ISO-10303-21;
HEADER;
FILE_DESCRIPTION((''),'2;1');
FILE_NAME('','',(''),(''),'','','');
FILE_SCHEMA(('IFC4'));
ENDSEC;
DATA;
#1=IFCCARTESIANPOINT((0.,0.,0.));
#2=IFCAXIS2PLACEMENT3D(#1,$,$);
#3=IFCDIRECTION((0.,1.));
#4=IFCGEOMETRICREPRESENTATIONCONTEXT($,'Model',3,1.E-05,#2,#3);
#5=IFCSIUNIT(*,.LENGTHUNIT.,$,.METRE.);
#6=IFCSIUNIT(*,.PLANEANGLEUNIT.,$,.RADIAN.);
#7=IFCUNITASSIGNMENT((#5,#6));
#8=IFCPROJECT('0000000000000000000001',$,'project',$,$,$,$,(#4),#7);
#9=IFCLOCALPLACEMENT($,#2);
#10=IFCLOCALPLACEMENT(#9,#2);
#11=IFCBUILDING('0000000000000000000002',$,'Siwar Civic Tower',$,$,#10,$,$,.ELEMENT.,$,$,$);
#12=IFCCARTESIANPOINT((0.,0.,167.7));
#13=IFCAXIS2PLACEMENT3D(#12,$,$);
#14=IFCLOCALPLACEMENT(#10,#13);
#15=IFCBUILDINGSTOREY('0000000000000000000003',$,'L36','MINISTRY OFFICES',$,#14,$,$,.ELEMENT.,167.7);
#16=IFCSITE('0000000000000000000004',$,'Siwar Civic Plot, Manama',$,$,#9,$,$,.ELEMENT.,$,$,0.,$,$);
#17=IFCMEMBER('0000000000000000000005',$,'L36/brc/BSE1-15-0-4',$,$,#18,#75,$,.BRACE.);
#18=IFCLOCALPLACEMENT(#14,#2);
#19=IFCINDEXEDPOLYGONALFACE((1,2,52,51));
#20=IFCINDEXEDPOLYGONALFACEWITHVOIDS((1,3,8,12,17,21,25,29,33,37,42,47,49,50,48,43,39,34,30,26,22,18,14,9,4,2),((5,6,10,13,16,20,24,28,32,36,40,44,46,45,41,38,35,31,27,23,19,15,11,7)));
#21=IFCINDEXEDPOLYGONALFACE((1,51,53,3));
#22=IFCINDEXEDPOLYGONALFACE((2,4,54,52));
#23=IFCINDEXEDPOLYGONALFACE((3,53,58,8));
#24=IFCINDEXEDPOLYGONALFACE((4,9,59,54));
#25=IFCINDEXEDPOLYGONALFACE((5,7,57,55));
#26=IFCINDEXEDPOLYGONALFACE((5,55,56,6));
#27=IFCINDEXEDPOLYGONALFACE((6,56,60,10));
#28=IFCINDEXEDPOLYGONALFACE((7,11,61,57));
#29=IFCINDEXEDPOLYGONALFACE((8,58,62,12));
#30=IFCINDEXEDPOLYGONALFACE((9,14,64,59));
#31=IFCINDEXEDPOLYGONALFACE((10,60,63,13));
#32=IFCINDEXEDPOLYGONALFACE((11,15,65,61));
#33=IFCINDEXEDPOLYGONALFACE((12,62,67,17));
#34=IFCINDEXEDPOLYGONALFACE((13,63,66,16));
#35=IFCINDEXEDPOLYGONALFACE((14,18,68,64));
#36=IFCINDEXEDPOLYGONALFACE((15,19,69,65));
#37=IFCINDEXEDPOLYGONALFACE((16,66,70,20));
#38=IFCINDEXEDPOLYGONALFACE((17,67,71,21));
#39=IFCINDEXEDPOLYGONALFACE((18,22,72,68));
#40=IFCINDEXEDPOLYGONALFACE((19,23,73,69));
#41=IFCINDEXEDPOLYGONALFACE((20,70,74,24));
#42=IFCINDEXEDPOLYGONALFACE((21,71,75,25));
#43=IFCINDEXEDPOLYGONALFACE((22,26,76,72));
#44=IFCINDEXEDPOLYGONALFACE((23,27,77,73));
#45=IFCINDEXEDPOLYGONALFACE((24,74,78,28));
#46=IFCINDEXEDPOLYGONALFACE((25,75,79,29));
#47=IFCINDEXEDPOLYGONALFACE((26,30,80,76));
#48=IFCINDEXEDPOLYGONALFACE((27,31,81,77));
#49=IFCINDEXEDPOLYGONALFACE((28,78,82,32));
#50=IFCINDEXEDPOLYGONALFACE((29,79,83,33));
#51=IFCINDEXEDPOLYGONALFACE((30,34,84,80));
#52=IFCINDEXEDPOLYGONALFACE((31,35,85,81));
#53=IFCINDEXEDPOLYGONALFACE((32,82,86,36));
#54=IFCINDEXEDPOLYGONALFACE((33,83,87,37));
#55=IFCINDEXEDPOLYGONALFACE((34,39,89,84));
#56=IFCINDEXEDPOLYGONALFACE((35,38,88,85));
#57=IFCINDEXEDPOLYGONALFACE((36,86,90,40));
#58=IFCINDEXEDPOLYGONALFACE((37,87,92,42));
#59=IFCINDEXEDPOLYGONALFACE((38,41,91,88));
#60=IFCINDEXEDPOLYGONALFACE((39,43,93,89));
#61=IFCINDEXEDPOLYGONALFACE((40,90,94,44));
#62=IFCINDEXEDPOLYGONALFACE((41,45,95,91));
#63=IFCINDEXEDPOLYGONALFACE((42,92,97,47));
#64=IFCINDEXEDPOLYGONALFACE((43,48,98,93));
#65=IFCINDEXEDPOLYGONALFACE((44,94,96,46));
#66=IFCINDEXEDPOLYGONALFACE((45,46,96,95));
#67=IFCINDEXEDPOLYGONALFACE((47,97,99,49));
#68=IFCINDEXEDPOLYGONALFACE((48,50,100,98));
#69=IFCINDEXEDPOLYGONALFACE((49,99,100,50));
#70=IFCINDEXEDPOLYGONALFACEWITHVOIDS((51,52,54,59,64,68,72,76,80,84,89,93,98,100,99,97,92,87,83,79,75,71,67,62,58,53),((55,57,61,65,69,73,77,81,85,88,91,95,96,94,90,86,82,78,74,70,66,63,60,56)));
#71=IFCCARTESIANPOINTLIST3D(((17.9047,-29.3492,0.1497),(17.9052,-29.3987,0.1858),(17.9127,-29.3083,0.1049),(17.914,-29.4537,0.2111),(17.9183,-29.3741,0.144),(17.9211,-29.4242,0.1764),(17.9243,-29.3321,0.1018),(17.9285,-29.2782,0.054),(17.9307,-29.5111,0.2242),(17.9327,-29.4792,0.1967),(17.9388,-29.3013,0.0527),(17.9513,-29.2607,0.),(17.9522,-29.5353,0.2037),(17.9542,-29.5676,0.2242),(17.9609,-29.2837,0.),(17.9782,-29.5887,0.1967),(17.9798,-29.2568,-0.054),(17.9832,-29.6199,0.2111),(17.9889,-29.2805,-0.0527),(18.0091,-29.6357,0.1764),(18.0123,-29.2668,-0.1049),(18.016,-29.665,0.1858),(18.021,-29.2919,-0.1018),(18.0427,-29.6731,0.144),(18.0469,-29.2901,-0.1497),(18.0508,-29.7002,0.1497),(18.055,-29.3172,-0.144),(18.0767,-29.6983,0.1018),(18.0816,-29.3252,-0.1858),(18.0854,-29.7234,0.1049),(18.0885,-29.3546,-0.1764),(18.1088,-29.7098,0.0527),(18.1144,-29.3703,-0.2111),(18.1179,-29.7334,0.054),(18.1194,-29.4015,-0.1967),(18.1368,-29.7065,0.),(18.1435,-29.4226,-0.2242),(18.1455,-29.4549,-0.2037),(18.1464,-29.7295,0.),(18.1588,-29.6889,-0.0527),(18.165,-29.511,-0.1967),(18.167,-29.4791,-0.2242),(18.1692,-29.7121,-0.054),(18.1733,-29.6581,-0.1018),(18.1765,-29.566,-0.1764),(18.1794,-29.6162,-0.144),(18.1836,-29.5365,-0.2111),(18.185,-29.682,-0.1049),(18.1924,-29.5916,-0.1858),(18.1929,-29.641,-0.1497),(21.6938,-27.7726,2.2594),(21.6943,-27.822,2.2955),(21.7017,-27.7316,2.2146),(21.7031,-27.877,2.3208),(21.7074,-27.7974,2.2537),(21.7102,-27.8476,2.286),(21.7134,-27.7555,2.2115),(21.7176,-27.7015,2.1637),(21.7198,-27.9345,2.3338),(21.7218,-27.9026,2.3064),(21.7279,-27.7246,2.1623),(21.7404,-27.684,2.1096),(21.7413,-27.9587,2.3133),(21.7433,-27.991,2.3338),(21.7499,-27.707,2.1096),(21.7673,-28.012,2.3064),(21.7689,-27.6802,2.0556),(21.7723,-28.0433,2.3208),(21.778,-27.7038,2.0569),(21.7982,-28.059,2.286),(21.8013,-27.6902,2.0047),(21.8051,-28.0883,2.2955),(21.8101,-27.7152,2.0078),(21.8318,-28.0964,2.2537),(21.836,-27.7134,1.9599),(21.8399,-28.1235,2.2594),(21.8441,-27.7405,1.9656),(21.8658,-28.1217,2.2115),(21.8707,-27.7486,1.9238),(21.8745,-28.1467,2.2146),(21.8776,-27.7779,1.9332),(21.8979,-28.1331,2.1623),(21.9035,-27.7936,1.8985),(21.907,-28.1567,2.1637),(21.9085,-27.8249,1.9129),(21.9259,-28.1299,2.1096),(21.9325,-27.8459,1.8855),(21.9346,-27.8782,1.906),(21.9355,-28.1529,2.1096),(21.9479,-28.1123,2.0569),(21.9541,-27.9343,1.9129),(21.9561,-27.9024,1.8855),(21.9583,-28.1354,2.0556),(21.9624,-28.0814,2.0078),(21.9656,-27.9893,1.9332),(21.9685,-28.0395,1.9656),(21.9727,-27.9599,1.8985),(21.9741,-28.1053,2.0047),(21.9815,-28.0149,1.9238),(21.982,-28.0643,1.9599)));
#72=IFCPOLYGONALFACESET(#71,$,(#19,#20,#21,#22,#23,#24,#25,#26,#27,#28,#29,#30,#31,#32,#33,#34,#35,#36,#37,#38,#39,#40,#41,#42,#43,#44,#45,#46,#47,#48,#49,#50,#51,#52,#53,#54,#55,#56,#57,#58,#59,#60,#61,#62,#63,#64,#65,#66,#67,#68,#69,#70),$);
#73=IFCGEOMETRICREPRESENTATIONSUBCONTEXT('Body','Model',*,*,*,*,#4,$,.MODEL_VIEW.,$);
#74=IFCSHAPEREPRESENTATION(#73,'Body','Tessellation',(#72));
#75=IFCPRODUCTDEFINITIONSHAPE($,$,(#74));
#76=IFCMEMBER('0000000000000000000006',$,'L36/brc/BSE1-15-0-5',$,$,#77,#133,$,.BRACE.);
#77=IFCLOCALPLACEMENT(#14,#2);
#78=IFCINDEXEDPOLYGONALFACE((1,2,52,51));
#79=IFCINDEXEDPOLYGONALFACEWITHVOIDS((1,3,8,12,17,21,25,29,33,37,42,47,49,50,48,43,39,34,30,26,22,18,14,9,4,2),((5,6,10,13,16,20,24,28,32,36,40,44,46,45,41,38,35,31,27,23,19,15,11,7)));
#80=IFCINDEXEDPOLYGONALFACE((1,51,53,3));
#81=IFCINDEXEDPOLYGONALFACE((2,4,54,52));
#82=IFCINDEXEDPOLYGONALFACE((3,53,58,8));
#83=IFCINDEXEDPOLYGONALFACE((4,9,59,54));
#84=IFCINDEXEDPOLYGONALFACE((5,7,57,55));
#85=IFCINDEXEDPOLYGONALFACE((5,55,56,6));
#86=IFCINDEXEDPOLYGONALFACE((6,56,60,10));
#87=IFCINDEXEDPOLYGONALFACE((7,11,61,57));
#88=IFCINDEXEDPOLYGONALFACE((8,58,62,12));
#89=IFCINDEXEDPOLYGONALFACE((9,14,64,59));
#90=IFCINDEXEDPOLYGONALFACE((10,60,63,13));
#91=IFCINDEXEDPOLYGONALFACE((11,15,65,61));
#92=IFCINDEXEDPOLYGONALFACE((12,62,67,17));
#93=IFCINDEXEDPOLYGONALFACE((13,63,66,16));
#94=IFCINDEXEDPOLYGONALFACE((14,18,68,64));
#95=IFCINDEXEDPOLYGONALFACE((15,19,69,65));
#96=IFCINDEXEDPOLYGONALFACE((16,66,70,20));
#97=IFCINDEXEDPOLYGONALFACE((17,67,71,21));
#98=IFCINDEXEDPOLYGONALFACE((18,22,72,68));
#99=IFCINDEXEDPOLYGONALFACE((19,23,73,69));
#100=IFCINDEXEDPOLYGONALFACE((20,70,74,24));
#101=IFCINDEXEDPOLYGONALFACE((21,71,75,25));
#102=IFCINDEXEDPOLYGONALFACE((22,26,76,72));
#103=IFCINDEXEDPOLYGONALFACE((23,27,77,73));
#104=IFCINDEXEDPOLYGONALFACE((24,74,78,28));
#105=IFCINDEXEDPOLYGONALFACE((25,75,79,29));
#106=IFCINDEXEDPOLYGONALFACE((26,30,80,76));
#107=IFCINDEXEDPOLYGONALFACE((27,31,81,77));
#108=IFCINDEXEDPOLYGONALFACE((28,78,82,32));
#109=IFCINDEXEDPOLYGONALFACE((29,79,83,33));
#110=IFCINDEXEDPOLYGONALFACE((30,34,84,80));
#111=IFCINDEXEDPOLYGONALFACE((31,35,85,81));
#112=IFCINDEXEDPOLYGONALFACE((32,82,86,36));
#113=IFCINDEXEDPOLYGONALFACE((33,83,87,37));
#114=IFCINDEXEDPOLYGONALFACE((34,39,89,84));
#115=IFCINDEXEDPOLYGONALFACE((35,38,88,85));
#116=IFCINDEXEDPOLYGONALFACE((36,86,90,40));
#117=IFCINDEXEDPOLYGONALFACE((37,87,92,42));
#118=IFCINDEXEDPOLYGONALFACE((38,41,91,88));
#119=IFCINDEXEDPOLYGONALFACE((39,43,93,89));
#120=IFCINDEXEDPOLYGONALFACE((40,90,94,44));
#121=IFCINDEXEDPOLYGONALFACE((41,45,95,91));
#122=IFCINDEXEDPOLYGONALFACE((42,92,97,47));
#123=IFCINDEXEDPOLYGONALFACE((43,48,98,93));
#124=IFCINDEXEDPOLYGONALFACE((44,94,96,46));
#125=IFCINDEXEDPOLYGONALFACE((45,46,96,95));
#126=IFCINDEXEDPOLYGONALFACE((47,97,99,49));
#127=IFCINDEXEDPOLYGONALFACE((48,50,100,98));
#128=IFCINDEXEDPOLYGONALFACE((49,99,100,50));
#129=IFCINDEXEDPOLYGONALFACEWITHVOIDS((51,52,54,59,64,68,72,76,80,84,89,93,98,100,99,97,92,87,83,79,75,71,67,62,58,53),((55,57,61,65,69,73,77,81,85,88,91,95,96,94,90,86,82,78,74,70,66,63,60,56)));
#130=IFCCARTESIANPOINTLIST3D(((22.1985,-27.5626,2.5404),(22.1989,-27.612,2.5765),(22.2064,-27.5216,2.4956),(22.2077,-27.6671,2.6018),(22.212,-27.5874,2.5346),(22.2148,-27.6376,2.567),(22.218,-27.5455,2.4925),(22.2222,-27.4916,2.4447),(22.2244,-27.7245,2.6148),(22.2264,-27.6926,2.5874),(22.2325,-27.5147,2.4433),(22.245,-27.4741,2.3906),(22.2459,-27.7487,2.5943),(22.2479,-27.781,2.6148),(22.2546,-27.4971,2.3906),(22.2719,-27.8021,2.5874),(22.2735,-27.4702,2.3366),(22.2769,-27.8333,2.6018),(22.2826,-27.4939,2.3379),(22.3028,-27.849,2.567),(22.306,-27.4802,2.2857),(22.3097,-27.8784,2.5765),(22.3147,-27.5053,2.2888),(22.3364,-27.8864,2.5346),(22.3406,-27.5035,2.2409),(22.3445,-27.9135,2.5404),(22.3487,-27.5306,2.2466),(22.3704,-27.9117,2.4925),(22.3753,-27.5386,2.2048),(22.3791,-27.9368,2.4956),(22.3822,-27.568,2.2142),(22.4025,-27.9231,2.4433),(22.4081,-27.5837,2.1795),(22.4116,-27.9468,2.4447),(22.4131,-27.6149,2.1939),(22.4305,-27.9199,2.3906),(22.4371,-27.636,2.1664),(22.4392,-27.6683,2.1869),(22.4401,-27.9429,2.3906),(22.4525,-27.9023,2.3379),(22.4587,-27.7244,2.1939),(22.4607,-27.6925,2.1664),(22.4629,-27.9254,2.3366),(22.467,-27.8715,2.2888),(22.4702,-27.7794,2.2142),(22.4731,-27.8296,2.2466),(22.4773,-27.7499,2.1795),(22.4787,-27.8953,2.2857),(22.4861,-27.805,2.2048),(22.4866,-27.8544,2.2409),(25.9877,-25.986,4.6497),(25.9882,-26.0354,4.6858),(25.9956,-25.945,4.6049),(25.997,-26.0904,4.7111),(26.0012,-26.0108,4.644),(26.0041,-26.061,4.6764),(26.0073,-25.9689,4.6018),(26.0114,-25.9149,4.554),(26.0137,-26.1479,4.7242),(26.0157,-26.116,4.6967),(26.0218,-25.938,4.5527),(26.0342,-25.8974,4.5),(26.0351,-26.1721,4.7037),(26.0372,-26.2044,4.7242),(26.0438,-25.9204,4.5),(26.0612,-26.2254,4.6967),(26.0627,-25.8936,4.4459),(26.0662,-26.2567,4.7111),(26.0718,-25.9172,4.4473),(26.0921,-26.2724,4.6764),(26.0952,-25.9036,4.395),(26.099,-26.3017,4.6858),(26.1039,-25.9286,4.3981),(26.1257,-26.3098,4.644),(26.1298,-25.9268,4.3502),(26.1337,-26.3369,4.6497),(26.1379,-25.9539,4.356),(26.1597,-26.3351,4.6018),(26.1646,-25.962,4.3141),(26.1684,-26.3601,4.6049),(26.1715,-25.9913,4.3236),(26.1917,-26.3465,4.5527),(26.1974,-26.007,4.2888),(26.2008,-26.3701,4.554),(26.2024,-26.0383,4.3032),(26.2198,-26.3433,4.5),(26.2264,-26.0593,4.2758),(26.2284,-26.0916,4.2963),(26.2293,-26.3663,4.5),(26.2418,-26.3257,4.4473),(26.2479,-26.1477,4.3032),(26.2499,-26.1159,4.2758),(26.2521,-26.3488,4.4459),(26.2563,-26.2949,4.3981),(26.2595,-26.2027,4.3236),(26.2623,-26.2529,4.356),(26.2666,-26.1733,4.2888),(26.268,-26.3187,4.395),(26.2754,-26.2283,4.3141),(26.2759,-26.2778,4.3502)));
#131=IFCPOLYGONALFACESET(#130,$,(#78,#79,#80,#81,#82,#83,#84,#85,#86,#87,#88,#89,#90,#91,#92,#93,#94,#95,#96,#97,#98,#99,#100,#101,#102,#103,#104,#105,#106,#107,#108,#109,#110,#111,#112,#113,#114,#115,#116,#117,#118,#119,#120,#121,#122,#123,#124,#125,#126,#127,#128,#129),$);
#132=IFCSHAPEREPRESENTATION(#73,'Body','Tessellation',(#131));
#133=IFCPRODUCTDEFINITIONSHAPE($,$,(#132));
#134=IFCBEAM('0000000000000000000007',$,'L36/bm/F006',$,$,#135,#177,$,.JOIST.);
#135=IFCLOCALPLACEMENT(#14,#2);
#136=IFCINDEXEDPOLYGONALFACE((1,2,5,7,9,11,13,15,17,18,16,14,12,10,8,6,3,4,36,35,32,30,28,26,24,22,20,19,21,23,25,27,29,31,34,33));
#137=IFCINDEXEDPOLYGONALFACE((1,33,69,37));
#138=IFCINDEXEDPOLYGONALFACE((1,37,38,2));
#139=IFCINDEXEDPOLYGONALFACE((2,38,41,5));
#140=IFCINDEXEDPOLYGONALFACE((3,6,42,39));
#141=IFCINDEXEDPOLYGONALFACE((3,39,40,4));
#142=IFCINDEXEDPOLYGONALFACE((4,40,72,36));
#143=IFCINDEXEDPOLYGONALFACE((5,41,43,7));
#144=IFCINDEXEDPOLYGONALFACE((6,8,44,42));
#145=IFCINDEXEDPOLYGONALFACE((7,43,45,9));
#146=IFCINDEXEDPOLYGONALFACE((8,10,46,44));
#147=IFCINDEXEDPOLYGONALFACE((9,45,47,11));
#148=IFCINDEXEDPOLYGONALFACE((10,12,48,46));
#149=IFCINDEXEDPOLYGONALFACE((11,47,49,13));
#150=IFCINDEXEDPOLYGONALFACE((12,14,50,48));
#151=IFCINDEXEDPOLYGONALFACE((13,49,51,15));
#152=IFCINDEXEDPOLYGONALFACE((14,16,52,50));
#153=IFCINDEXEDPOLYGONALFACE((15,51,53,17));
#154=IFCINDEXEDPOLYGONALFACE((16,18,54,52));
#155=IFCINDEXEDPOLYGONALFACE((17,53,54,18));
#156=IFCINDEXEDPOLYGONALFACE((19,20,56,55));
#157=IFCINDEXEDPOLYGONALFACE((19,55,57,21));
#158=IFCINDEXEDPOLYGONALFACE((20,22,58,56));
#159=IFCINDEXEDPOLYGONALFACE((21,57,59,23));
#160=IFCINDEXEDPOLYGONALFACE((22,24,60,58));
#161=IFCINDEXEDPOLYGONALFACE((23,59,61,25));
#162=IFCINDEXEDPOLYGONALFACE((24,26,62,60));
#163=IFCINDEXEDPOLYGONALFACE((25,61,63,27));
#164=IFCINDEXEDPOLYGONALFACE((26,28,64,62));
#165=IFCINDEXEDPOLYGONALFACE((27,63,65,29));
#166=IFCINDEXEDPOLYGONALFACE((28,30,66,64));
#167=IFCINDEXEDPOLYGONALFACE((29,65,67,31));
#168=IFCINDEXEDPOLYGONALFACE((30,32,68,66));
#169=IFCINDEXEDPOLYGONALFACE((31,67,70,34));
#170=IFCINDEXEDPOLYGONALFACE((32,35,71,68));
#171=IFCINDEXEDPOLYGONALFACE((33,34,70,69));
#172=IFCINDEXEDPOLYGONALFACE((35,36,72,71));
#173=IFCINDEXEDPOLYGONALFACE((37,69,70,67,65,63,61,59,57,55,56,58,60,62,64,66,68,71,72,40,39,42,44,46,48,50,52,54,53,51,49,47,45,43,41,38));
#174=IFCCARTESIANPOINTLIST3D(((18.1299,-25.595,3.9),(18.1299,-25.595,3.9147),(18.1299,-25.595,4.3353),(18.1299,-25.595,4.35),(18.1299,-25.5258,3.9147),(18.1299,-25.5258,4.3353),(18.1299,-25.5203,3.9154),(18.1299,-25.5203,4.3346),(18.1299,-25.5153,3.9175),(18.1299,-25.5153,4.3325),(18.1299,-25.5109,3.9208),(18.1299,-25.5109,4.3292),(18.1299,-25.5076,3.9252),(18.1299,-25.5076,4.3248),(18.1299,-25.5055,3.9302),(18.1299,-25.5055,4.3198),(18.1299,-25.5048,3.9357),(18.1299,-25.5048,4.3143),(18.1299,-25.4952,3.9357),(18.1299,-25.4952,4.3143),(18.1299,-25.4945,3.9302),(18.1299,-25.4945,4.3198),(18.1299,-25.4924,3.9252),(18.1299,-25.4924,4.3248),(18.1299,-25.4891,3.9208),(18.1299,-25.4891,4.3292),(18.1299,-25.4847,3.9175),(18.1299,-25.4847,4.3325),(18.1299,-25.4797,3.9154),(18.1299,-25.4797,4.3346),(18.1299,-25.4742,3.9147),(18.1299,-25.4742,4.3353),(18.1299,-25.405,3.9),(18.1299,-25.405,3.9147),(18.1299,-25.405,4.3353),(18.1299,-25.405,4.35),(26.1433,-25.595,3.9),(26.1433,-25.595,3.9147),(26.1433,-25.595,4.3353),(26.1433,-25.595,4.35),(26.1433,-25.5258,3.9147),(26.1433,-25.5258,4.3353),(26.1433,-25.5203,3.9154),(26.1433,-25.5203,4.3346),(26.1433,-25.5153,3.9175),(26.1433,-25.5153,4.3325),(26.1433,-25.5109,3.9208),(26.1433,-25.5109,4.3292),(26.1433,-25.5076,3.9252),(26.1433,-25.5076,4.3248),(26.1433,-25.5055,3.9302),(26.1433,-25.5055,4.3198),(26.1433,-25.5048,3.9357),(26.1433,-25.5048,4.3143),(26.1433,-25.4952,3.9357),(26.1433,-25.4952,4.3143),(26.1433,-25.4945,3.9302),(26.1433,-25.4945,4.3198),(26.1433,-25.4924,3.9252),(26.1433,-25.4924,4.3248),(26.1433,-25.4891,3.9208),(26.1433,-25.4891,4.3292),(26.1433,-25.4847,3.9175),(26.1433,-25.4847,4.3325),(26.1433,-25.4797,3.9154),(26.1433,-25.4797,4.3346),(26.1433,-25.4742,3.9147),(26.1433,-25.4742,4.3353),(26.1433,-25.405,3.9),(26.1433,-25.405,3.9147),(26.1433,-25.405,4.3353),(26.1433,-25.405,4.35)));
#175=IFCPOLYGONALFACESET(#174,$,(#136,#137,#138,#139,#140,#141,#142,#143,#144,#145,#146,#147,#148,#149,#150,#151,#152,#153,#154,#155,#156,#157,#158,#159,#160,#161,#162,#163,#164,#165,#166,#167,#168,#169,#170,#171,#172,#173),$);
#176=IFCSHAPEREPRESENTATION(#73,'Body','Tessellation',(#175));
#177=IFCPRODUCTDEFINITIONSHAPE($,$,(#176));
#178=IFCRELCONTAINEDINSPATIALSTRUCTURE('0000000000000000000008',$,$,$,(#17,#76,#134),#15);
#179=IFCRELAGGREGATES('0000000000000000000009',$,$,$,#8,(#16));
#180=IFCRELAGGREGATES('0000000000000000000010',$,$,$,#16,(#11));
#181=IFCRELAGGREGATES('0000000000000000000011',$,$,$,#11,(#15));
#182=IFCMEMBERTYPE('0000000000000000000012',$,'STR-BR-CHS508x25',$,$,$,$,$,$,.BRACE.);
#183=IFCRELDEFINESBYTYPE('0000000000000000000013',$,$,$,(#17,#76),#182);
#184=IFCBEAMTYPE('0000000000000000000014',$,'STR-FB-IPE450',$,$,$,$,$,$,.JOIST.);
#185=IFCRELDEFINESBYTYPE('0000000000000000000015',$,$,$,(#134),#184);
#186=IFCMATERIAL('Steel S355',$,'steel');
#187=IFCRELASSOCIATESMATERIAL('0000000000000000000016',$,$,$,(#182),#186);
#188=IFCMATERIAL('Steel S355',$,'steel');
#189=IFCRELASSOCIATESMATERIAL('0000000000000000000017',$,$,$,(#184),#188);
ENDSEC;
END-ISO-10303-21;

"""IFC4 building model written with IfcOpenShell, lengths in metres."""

from ifc_helpers import new_model, si_unit, direction, frame, origin, origin_2d, place, context, subcontext, project, spatial, hollow_circle, i_section, extrude, material, material_profile, profile_set, type_object, element, save


model = new_model("IFC4")

# Units and contexts
model_context = context("Model", 3, precision=1e-05, world=origin(), true_north=direction((0.0, 1.0)))
body_context = subcontext(model_context, "Body", "Model", "MODEL_VIEW")
ifc_project = project(units=[si_unit("LENGTHUNIT", "METRE"), si_unit("PLANEANGLEUNIT", "RADIAN")], contexts=[model_context])

# Site, building, storey
site_placement = place(None, origin())
site = spatial("IfcSite", under=ifc_project, at=site_placement, Name="Siwar Civic Plot, Manama", CompositionType="ELEMENT", RefElevation=0.0)
building_placement = place(site_placement, origin())
building = spatial("IfcBuilding", under=site, at=building_placement, Name="Siwar Civic Tower", CompositionType="ELEMENT")
storey_placement = place(building_placement, frame((0.0, 0.0, 167.7)))
storey = spatial("IfcBuildingStorey", under=building, at=storey_placement, Name="L36", Description="MINISTRY OFFICES", CompositionType="ELEMENT", Elevation=167.7)

# Members
ifc_material_1 = material(Name="Steel S355", Category="steel")
ifc_material_profile_1 = material_profile(ifc_material_1, hollow_circle(Radius=0.2539, WallThickness=0.0249, at=origin_2d()), Name="CHS508x25")
ifc_profile_set_1 = profile_set([ifc_material_profile_1], Name="Steel S355")
member_type_1 = type_object("IfcMemberType", Name="STR-BR-CHS508x25", PredefinedType="BRACE", material=ifc_profile_set_1)
for number, where, z_axis, x_axis, name in (
    (1, (18.0488, -29.4951, 0.0), (0.821126, 0.341677, 0.457175), (-0.384176, 0.92326, 0.0), "L36/brc/BSE1-15-0-4"),
    (2, (22.3425, -27.7085, 2.3906), (0.821163, 0.341671, 0.457113), (-0.384155, 0.923269, 0.0), "L36/brc/BSE1-15-0-5"),
):
    element("IfcMember", number, at=place(storey_placement, frame(where, z_axis=z_axis, x_axis=x_axis)), inside=storey, type_object=member_type_1, Name=name, PredefinedType="BRACE", context=body_context, shape_type="SweptSolid", body=[
        extrude(hollow_circle(Radius=0.2539, WallThickness=0.0249, at=origin_2d()), origin(), (0.0, 0.0, 1.0), 4.6145),
    ])

# Beam
ifc_material_2 = material(Name="Steel S355", Category="steel")
ifc_material_profile_2 = material_profile(ifc_material_2, i_section(OverallWidth=0.1899, OverallDepth=0.45, WebThickness=0.0095, FlangeThickness=0.0146, FilletRadius=0.021, at=origin_2d()), Name="IPE450")
ifc_profile_set_2 = profile_set([ifc_material_profile_2], Name="Steel S355")
beam_type_1 = type_object("IfcBeamType", Name="STR-FB-IPE450", PredefinedType="JOIST", material=ifc_profile_set_2)
beam_1_placement = place(storey_placement, frame((18.1299, -25.5, 4.125), z_axis=(1.0, 0.0, 0.0), x_axis=(0.0, 1.0, 0.0)))
element("IfcBeam", 3, at=beam_1_placement, inside=storey, type_object=beam_type_1, Name="L36/bm/F006", PredefinedType="JOIST", context=body_context, shape_type="SweptSolid", body=[
    extrude(i_section(OverallWidth=0.1899, OverallDepth=0.45, WebThickness=0.0095, FlangeThickness=0.0146, FilletRadius=0.021, at=origin_2d()), origin(), (0.0, 0.0, 1.0), 8.0134),
])

save(model, "model.ifc")
